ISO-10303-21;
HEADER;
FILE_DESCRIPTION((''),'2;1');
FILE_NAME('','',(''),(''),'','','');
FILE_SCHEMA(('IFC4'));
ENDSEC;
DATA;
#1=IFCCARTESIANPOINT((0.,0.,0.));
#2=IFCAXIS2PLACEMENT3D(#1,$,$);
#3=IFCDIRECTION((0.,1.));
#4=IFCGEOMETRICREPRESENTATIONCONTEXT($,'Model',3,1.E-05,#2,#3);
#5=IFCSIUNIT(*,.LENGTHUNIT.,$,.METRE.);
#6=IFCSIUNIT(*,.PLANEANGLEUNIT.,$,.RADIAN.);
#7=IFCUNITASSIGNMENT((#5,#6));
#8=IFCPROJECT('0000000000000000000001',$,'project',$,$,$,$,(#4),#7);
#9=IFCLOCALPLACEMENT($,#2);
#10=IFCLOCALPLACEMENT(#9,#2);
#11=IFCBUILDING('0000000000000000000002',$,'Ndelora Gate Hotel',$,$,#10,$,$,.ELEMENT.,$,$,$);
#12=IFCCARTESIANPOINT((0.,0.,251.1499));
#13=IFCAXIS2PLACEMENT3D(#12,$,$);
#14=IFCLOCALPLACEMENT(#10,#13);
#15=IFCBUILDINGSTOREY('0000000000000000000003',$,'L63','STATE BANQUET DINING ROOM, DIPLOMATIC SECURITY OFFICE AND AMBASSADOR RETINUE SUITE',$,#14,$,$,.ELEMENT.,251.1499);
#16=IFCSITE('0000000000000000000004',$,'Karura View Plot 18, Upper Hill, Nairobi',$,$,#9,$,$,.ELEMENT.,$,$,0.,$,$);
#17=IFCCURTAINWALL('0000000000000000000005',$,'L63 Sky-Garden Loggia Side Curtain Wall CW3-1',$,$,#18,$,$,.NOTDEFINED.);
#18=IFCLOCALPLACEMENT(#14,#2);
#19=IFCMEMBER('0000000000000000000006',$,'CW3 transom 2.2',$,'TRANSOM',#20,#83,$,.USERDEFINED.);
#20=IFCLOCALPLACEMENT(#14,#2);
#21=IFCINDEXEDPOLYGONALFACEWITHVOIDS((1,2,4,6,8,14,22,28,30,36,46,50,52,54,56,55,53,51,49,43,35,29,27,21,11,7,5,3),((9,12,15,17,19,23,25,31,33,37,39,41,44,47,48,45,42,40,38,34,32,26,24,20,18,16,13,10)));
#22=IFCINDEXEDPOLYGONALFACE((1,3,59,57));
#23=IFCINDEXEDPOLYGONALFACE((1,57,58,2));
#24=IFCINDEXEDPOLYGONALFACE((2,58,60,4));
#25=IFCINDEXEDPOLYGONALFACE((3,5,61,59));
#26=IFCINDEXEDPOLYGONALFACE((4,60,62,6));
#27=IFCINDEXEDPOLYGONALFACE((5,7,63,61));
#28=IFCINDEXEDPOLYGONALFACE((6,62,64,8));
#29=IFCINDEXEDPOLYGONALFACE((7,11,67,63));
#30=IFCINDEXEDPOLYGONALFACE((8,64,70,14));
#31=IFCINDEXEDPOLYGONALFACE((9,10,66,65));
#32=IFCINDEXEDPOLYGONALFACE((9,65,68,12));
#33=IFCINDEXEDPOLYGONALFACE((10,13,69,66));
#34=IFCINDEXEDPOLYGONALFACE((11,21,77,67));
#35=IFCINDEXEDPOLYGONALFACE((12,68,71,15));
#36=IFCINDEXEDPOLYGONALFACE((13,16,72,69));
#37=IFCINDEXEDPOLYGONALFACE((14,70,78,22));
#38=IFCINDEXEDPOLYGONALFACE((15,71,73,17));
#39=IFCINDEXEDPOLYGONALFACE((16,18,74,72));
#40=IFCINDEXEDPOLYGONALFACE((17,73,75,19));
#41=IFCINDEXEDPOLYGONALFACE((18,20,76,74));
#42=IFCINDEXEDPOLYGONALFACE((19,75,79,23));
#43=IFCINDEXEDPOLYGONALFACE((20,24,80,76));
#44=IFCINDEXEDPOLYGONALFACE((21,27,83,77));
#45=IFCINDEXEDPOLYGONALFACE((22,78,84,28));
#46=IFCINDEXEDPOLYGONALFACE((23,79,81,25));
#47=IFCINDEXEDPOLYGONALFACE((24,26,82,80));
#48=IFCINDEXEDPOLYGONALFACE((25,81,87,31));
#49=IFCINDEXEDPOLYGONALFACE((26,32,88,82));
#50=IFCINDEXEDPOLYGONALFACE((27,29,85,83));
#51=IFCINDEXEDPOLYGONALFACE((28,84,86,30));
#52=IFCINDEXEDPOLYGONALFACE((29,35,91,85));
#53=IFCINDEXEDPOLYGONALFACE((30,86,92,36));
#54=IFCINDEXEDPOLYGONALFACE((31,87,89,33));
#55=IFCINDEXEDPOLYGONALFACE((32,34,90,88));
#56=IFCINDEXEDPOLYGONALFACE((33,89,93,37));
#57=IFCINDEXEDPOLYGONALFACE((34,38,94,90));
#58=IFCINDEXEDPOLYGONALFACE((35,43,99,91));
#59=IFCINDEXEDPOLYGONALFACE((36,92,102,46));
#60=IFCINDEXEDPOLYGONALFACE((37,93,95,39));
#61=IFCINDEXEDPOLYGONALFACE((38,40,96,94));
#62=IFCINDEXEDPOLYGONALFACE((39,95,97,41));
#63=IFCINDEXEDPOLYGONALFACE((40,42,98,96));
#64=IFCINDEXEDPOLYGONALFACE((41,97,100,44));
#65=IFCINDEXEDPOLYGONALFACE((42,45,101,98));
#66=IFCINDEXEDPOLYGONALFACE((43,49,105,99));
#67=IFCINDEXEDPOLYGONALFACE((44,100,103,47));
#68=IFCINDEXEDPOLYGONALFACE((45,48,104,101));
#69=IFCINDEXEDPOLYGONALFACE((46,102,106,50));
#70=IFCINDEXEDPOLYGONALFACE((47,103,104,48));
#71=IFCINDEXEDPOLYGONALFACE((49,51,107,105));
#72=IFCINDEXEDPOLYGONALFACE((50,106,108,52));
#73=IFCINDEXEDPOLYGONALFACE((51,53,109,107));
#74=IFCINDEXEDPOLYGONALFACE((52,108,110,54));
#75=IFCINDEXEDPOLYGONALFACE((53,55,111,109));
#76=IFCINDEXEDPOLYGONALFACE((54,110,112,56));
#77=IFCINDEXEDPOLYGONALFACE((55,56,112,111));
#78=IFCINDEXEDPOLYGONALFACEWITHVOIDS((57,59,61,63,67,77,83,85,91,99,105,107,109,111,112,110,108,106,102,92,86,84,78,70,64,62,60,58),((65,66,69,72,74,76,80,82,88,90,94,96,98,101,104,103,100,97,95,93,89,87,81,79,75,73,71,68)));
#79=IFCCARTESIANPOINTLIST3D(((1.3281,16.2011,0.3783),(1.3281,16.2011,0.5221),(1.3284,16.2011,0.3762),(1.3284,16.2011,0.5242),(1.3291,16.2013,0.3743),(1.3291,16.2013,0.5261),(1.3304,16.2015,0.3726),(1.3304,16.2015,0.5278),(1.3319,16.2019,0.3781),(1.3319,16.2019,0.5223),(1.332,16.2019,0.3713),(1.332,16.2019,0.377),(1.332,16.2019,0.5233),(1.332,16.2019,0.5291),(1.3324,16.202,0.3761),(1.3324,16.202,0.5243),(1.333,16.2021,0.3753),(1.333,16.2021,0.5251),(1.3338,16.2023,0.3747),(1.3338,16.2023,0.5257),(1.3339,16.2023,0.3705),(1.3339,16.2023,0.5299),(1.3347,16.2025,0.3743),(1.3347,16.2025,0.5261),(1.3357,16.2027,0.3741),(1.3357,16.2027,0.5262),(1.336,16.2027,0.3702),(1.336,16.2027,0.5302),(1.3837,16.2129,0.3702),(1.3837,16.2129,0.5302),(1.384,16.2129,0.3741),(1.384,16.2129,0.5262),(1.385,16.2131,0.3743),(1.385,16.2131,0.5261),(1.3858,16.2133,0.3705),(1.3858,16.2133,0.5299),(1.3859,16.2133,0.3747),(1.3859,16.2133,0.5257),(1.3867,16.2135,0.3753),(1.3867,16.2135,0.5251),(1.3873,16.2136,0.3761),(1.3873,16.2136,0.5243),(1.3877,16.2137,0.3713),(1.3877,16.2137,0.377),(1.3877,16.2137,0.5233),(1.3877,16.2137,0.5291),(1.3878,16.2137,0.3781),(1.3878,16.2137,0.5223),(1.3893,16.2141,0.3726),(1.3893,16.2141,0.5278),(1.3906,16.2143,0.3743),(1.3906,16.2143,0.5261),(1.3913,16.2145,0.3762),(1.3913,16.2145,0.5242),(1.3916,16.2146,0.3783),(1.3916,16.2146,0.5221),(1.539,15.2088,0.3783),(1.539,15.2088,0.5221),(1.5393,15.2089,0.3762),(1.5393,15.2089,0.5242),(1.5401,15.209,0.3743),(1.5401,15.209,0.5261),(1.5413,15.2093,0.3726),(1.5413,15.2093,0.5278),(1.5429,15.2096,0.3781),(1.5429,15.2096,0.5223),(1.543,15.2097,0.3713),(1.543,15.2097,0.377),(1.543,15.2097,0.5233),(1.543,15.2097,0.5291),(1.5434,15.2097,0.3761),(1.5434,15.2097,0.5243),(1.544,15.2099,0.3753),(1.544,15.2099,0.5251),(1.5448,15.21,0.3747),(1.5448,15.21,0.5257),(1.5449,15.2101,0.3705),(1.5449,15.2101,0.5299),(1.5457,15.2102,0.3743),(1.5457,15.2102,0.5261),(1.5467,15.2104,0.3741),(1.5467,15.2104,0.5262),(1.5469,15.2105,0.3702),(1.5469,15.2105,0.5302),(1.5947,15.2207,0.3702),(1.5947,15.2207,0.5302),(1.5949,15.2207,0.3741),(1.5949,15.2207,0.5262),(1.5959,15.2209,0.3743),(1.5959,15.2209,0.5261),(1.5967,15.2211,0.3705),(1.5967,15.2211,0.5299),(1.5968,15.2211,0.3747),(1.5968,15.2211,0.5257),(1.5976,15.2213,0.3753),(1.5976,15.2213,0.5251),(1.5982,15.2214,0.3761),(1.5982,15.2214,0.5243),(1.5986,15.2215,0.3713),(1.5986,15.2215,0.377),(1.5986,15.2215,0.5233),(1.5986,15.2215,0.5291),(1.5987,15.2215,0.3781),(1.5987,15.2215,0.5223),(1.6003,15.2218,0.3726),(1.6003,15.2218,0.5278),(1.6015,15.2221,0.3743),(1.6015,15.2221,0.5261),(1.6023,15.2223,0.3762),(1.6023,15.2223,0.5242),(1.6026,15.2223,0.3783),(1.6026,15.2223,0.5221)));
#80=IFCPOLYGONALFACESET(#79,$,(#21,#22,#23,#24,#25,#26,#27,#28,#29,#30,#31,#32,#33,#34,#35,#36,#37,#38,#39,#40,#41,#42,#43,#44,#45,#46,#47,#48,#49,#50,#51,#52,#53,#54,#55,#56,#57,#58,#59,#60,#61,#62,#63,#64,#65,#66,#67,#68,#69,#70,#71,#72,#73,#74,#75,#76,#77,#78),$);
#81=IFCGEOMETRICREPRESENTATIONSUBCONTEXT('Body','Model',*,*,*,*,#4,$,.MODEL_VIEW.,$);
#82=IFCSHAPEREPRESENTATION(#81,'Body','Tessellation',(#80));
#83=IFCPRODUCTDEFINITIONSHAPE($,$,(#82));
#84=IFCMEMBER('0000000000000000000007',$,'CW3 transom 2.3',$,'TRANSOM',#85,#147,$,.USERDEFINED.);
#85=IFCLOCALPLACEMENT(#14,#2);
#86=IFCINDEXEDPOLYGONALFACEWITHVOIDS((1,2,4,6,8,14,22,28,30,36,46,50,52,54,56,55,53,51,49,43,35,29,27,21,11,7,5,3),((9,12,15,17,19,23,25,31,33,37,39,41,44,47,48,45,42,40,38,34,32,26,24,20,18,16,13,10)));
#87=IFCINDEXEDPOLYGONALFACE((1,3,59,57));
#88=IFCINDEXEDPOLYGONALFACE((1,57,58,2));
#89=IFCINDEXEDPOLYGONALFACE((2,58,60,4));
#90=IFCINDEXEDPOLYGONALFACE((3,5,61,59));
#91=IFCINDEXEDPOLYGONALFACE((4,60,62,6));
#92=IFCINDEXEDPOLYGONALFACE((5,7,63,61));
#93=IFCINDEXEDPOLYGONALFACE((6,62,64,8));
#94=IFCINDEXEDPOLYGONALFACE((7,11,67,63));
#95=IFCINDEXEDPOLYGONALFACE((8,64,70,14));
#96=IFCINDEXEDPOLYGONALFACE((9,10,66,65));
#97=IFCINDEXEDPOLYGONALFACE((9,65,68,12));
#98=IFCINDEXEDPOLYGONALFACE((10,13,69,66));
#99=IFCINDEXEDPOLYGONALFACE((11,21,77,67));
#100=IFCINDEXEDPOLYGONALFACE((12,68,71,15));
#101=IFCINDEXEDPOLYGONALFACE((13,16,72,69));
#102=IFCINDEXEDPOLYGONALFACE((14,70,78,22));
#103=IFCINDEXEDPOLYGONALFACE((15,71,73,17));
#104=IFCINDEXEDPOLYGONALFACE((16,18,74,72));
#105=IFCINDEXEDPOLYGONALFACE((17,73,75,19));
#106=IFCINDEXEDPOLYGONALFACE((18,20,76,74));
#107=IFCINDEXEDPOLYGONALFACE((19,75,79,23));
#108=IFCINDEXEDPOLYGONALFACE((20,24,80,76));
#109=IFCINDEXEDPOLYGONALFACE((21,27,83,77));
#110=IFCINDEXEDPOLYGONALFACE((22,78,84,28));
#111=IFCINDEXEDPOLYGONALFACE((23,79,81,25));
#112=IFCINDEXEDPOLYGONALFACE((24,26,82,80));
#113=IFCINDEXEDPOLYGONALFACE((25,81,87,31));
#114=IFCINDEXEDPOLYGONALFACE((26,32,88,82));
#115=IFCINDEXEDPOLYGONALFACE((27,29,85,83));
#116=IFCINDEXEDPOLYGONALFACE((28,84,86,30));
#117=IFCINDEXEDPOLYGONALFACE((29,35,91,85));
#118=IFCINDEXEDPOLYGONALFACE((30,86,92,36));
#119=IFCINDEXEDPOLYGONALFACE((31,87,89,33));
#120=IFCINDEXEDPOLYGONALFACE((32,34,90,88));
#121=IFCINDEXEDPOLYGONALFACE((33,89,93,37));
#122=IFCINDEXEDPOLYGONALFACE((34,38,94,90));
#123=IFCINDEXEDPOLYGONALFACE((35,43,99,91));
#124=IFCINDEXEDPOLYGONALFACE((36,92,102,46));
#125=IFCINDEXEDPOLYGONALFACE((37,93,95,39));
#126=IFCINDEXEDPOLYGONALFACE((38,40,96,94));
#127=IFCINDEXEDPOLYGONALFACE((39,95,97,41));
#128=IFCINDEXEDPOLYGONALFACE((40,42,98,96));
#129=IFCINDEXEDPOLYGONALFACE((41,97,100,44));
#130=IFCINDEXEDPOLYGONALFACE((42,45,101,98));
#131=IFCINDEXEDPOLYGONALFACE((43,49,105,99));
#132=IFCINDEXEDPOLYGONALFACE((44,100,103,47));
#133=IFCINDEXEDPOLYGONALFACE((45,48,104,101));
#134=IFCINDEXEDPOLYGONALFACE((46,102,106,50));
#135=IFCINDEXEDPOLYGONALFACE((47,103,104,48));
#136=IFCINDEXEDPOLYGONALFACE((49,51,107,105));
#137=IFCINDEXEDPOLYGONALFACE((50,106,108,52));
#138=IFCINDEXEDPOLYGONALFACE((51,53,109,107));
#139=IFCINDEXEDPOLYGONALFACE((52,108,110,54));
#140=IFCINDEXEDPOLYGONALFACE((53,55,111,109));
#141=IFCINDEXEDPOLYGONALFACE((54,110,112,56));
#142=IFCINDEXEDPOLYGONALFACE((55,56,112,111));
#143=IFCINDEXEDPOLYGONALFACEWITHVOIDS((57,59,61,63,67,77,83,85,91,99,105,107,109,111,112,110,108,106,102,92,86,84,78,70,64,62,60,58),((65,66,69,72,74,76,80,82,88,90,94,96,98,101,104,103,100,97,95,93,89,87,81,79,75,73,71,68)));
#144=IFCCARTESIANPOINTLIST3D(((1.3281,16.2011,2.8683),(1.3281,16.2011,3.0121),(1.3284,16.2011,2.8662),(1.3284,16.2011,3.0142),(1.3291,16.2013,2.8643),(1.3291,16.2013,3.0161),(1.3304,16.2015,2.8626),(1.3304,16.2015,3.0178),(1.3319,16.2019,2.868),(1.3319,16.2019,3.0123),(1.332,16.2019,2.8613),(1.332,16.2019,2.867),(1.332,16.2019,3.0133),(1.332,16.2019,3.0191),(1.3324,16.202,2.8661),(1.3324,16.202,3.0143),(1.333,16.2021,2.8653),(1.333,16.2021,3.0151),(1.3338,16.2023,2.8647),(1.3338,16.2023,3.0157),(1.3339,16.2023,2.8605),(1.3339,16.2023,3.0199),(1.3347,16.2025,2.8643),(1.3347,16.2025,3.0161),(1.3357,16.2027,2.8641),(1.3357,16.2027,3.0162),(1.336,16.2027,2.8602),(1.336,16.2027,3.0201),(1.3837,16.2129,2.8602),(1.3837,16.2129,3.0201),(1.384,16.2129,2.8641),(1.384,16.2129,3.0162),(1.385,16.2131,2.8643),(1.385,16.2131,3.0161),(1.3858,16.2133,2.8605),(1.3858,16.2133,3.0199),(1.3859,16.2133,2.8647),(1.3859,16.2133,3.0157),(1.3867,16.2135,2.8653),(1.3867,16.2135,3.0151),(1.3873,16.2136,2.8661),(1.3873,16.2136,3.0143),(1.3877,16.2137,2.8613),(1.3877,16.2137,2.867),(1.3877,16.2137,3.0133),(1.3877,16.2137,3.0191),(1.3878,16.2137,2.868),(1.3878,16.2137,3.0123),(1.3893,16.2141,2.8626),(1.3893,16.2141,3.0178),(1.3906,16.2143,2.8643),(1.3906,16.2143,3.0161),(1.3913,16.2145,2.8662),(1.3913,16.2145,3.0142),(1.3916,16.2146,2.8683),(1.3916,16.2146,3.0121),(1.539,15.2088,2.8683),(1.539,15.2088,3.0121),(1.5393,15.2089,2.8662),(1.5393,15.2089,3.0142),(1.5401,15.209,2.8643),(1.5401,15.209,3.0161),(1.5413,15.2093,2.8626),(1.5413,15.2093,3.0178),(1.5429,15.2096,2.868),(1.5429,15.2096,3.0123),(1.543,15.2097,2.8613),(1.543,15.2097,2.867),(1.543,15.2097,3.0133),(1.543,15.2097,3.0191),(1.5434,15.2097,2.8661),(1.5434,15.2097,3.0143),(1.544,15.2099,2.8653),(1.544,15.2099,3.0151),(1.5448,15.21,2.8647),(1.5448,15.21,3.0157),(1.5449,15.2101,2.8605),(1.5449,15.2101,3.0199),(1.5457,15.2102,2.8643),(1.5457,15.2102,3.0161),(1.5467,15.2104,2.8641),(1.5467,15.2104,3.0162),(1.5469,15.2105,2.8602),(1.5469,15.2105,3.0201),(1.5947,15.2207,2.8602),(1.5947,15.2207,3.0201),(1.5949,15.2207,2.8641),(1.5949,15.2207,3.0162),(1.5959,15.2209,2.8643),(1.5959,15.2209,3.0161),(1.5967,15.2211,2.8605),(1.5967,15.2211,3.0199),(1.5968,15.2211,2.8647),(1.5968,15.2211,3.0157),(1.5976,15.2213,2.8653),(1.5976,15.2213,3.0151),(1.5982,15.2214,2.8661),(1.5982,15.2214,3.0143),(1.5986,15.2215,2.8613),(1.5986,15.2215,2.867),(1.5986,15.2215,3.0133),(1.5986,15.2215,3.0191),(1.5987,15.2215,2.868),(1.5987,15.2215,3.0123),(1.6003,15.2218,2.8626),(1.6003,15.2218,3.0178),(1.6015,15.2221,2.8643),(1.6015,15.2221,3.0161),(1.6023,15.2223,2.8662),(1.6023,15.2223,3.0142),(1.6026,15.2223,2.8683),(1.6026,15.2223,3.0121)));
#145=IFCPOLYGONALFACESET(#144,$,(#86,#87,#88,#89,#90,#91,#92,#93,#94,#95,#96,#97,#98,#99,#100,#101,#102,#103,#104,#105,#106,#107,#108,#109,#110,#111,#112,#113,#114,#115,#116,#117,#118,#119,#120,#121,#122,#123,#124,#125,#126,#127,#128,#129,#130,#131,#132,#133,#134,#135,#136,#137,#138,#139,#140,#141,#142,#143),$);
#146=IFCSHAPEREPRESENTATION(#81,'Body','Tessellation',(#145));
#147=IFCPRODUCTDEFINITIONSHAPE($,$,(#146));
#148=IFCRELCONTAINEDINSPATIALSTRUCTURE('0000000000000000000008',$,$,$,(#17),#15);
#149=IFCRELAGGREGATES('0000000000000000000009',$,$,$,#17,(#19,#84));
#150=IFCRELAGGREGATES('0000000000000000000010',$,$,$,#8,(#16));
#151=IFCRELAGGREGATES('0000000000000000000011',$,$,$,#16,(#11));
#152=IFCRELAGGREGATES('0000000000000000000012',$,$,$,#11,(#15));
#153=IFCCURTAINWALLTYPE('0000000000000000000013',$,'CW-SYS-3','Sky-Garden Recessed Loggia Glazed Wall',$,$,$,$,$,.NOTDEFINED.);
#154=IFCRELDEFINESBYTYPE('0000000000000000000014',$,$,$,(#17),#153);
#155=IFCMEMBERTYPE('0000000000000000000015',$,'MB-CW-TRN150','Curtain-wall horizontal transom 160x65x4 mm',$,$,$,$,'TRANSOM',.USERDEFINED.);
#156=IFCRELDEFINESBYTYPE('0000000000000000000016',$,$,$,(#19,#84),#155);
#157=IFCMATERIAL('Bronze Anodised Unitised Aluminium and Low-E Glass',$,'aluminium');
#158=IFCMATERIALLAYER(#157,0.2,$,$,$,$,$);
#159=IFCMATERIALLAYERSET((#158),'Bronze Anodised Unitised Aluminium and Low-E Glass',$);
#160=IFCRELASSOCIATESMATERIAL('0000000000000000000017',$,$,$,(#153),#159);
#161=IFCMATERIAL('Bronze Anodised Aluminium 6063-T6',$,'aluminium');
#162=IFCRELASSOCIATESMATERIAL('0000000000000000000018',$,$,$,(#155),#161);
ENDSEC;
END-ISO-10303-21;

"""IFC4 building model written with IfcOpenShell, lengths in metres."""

from ifc_helpers import new_model, si_unit, direction, frame, origin, origin_2d, place, context, subcontext, project, spatial, hollow_rectangle, extrude, material, layer, layer_set, material_profile, profile_set, type_object, element, aggregate, save


model = new_model("IFC4")

# Units and contexts
model_context = context("Model", 3, precision=1e-05, world=origin(), true_north=direction((0.0, 1.0)))
body_context = subcontext(model_context, "Body", "Model", "MODEL_VIEW")
ifc_project = project(units=[si_unit("LENGTHUNIT", "METRE"), si_unit("PLANEANGLEUNIT", "RADIAN")], contexts=[model_context])

# Site, building, storey
site_placement = place(None, origin())
site = spatial("IfcSite", under=ifc_project, at=site_placement, Name="Karura View Plot 18, Upper Hill, Nairobi", CompositionType="ELEMENT", RefElevation=0.0)
building_placement = place(site_placement, origin())
building = spatial("IfcBuilding", under=site, at=building_placement, Name="Ndelora Gate Hotel", CompositionType="ELEMENT")
storey_placement = place(building_placement, frame((0.0, 0.0, 251.1499)))
storey = spatial("IfcBuildingStorey", under=building, at=storey_placement, Name="L63", Description="STATE BANQUET DINING ROOM, DIPLOMATIC SECURITY OFFICE AND AMBASSADOR RETINUE SUITE", CompositionType="ELEMENT", Elevation=251.1499)

# Curtain wall, members
ifc_material_1 = material(Name="Bronze Anodised Unitised Aluminium and Low-E Glass", Category="aluminium")
ifc_layer_1 = layer(ifc_material_1, 0.2)
ifc_layer_set_1 = layer_set([ifc_layer_1], Name="Bronze Anodised Unitised Aluminium and Low-E Glass")
curtain_wall_type = type_object("IfcCurtainWallType", Name="CW-SYS-3", Description="Sky-Garden Recessed Loggia Glazed Wall", PredefinedType="NOTDEFINED", material=ifc_layer_set_1)
curtain_wall_placement = place(storey_placement, origin())
curtain_wall = element("IfcCurtainWall", 1, at=curtain_wall_placement, inside=storey, type_object=curtain_wall_type, Name="L63 Sky-Garden Loggia Side Curtain Wall CW3-1", PredefinedType="NOTDEFINED")
ifc_material_2 = material(Name="Bronze Anodised Aluminium 6063-T6", Category="aluminium")
ifc_material_profile_1 = material_profile(ifc_material_2, hollow_rectangle(XDim=0.0649, YDim=0.1599, WallThickness=0.0039, InnerFilletRadius=0.0039, OuterFilletRadius=0.0081, at=origin_2d()), Name="ALU 160x65x4")
ifc_profile_set_1 = profile_set([ifc_material_profile_1], Name="Bronze Anodised Aluminium 6063-T6")
member_type_1 = type_object("IfcMemberType", Name="MB-CW-TRN150", Description="Curtain-wall horizontal transom 160x65x4 mm", ElementType="TRANSOM", PredefinedType="USERDEFINED", material=ifc_profile_set_1)
member_1_placement = place(storey_placement, frame((1.5708, 15.2156, 0.4502), z_axis=(-0.207951, 0.978139, 0.0), x_axis=(-0.978139, -0.207951, 0.0)))
member_1 = element("IfcMember", 2, at=member_1_placement, type_object=member_type_1, Name="CW3 transom 2.2", ObjectType="TRANSOM", PredefinedType="USERDEFINED", context=body_context, shape_type="SweptSolid", body=[
    extrude(hollow_rectangle(XDim=0.0649, YDim=0.1599, WallThickness=0.0039, InnerFilletRadius=0.0039, OuterFilletRadius=0.0081, at=origin_2d()), origin(), (0.0, 0.0, 1.0), 1.0144),
])
member_2_placement = place(storey_placement, frame((1.5708, 15.2156, 2.9402), z_axis=(-0.207951, 0.978139, 0.0), x_axis=(-0.978139, -0.207951, 0.0)))
member_2 = element("IfcMember", 3, at=member_2_placement, type_object=member_type_1, Name="CW3 transom 2.3", ObjectType="TRANSOM", PredefinedType="USERDEFINED", context=body_context, shape_type="SweptSolid", body=[
    extrude(hollow_rectangle(XDim=0.0649, YDim=0.1599, WallThickness=0.0039, InnerFilletRadius=0.0039, OuterFilletRadius=0.0081, at=origin_2d()), origin(), (0.0, 0.0, 1.0), 1.0144),
])
aggregate(curtain_wall, [member_1, member_2])

save(model, "model.ifc")
